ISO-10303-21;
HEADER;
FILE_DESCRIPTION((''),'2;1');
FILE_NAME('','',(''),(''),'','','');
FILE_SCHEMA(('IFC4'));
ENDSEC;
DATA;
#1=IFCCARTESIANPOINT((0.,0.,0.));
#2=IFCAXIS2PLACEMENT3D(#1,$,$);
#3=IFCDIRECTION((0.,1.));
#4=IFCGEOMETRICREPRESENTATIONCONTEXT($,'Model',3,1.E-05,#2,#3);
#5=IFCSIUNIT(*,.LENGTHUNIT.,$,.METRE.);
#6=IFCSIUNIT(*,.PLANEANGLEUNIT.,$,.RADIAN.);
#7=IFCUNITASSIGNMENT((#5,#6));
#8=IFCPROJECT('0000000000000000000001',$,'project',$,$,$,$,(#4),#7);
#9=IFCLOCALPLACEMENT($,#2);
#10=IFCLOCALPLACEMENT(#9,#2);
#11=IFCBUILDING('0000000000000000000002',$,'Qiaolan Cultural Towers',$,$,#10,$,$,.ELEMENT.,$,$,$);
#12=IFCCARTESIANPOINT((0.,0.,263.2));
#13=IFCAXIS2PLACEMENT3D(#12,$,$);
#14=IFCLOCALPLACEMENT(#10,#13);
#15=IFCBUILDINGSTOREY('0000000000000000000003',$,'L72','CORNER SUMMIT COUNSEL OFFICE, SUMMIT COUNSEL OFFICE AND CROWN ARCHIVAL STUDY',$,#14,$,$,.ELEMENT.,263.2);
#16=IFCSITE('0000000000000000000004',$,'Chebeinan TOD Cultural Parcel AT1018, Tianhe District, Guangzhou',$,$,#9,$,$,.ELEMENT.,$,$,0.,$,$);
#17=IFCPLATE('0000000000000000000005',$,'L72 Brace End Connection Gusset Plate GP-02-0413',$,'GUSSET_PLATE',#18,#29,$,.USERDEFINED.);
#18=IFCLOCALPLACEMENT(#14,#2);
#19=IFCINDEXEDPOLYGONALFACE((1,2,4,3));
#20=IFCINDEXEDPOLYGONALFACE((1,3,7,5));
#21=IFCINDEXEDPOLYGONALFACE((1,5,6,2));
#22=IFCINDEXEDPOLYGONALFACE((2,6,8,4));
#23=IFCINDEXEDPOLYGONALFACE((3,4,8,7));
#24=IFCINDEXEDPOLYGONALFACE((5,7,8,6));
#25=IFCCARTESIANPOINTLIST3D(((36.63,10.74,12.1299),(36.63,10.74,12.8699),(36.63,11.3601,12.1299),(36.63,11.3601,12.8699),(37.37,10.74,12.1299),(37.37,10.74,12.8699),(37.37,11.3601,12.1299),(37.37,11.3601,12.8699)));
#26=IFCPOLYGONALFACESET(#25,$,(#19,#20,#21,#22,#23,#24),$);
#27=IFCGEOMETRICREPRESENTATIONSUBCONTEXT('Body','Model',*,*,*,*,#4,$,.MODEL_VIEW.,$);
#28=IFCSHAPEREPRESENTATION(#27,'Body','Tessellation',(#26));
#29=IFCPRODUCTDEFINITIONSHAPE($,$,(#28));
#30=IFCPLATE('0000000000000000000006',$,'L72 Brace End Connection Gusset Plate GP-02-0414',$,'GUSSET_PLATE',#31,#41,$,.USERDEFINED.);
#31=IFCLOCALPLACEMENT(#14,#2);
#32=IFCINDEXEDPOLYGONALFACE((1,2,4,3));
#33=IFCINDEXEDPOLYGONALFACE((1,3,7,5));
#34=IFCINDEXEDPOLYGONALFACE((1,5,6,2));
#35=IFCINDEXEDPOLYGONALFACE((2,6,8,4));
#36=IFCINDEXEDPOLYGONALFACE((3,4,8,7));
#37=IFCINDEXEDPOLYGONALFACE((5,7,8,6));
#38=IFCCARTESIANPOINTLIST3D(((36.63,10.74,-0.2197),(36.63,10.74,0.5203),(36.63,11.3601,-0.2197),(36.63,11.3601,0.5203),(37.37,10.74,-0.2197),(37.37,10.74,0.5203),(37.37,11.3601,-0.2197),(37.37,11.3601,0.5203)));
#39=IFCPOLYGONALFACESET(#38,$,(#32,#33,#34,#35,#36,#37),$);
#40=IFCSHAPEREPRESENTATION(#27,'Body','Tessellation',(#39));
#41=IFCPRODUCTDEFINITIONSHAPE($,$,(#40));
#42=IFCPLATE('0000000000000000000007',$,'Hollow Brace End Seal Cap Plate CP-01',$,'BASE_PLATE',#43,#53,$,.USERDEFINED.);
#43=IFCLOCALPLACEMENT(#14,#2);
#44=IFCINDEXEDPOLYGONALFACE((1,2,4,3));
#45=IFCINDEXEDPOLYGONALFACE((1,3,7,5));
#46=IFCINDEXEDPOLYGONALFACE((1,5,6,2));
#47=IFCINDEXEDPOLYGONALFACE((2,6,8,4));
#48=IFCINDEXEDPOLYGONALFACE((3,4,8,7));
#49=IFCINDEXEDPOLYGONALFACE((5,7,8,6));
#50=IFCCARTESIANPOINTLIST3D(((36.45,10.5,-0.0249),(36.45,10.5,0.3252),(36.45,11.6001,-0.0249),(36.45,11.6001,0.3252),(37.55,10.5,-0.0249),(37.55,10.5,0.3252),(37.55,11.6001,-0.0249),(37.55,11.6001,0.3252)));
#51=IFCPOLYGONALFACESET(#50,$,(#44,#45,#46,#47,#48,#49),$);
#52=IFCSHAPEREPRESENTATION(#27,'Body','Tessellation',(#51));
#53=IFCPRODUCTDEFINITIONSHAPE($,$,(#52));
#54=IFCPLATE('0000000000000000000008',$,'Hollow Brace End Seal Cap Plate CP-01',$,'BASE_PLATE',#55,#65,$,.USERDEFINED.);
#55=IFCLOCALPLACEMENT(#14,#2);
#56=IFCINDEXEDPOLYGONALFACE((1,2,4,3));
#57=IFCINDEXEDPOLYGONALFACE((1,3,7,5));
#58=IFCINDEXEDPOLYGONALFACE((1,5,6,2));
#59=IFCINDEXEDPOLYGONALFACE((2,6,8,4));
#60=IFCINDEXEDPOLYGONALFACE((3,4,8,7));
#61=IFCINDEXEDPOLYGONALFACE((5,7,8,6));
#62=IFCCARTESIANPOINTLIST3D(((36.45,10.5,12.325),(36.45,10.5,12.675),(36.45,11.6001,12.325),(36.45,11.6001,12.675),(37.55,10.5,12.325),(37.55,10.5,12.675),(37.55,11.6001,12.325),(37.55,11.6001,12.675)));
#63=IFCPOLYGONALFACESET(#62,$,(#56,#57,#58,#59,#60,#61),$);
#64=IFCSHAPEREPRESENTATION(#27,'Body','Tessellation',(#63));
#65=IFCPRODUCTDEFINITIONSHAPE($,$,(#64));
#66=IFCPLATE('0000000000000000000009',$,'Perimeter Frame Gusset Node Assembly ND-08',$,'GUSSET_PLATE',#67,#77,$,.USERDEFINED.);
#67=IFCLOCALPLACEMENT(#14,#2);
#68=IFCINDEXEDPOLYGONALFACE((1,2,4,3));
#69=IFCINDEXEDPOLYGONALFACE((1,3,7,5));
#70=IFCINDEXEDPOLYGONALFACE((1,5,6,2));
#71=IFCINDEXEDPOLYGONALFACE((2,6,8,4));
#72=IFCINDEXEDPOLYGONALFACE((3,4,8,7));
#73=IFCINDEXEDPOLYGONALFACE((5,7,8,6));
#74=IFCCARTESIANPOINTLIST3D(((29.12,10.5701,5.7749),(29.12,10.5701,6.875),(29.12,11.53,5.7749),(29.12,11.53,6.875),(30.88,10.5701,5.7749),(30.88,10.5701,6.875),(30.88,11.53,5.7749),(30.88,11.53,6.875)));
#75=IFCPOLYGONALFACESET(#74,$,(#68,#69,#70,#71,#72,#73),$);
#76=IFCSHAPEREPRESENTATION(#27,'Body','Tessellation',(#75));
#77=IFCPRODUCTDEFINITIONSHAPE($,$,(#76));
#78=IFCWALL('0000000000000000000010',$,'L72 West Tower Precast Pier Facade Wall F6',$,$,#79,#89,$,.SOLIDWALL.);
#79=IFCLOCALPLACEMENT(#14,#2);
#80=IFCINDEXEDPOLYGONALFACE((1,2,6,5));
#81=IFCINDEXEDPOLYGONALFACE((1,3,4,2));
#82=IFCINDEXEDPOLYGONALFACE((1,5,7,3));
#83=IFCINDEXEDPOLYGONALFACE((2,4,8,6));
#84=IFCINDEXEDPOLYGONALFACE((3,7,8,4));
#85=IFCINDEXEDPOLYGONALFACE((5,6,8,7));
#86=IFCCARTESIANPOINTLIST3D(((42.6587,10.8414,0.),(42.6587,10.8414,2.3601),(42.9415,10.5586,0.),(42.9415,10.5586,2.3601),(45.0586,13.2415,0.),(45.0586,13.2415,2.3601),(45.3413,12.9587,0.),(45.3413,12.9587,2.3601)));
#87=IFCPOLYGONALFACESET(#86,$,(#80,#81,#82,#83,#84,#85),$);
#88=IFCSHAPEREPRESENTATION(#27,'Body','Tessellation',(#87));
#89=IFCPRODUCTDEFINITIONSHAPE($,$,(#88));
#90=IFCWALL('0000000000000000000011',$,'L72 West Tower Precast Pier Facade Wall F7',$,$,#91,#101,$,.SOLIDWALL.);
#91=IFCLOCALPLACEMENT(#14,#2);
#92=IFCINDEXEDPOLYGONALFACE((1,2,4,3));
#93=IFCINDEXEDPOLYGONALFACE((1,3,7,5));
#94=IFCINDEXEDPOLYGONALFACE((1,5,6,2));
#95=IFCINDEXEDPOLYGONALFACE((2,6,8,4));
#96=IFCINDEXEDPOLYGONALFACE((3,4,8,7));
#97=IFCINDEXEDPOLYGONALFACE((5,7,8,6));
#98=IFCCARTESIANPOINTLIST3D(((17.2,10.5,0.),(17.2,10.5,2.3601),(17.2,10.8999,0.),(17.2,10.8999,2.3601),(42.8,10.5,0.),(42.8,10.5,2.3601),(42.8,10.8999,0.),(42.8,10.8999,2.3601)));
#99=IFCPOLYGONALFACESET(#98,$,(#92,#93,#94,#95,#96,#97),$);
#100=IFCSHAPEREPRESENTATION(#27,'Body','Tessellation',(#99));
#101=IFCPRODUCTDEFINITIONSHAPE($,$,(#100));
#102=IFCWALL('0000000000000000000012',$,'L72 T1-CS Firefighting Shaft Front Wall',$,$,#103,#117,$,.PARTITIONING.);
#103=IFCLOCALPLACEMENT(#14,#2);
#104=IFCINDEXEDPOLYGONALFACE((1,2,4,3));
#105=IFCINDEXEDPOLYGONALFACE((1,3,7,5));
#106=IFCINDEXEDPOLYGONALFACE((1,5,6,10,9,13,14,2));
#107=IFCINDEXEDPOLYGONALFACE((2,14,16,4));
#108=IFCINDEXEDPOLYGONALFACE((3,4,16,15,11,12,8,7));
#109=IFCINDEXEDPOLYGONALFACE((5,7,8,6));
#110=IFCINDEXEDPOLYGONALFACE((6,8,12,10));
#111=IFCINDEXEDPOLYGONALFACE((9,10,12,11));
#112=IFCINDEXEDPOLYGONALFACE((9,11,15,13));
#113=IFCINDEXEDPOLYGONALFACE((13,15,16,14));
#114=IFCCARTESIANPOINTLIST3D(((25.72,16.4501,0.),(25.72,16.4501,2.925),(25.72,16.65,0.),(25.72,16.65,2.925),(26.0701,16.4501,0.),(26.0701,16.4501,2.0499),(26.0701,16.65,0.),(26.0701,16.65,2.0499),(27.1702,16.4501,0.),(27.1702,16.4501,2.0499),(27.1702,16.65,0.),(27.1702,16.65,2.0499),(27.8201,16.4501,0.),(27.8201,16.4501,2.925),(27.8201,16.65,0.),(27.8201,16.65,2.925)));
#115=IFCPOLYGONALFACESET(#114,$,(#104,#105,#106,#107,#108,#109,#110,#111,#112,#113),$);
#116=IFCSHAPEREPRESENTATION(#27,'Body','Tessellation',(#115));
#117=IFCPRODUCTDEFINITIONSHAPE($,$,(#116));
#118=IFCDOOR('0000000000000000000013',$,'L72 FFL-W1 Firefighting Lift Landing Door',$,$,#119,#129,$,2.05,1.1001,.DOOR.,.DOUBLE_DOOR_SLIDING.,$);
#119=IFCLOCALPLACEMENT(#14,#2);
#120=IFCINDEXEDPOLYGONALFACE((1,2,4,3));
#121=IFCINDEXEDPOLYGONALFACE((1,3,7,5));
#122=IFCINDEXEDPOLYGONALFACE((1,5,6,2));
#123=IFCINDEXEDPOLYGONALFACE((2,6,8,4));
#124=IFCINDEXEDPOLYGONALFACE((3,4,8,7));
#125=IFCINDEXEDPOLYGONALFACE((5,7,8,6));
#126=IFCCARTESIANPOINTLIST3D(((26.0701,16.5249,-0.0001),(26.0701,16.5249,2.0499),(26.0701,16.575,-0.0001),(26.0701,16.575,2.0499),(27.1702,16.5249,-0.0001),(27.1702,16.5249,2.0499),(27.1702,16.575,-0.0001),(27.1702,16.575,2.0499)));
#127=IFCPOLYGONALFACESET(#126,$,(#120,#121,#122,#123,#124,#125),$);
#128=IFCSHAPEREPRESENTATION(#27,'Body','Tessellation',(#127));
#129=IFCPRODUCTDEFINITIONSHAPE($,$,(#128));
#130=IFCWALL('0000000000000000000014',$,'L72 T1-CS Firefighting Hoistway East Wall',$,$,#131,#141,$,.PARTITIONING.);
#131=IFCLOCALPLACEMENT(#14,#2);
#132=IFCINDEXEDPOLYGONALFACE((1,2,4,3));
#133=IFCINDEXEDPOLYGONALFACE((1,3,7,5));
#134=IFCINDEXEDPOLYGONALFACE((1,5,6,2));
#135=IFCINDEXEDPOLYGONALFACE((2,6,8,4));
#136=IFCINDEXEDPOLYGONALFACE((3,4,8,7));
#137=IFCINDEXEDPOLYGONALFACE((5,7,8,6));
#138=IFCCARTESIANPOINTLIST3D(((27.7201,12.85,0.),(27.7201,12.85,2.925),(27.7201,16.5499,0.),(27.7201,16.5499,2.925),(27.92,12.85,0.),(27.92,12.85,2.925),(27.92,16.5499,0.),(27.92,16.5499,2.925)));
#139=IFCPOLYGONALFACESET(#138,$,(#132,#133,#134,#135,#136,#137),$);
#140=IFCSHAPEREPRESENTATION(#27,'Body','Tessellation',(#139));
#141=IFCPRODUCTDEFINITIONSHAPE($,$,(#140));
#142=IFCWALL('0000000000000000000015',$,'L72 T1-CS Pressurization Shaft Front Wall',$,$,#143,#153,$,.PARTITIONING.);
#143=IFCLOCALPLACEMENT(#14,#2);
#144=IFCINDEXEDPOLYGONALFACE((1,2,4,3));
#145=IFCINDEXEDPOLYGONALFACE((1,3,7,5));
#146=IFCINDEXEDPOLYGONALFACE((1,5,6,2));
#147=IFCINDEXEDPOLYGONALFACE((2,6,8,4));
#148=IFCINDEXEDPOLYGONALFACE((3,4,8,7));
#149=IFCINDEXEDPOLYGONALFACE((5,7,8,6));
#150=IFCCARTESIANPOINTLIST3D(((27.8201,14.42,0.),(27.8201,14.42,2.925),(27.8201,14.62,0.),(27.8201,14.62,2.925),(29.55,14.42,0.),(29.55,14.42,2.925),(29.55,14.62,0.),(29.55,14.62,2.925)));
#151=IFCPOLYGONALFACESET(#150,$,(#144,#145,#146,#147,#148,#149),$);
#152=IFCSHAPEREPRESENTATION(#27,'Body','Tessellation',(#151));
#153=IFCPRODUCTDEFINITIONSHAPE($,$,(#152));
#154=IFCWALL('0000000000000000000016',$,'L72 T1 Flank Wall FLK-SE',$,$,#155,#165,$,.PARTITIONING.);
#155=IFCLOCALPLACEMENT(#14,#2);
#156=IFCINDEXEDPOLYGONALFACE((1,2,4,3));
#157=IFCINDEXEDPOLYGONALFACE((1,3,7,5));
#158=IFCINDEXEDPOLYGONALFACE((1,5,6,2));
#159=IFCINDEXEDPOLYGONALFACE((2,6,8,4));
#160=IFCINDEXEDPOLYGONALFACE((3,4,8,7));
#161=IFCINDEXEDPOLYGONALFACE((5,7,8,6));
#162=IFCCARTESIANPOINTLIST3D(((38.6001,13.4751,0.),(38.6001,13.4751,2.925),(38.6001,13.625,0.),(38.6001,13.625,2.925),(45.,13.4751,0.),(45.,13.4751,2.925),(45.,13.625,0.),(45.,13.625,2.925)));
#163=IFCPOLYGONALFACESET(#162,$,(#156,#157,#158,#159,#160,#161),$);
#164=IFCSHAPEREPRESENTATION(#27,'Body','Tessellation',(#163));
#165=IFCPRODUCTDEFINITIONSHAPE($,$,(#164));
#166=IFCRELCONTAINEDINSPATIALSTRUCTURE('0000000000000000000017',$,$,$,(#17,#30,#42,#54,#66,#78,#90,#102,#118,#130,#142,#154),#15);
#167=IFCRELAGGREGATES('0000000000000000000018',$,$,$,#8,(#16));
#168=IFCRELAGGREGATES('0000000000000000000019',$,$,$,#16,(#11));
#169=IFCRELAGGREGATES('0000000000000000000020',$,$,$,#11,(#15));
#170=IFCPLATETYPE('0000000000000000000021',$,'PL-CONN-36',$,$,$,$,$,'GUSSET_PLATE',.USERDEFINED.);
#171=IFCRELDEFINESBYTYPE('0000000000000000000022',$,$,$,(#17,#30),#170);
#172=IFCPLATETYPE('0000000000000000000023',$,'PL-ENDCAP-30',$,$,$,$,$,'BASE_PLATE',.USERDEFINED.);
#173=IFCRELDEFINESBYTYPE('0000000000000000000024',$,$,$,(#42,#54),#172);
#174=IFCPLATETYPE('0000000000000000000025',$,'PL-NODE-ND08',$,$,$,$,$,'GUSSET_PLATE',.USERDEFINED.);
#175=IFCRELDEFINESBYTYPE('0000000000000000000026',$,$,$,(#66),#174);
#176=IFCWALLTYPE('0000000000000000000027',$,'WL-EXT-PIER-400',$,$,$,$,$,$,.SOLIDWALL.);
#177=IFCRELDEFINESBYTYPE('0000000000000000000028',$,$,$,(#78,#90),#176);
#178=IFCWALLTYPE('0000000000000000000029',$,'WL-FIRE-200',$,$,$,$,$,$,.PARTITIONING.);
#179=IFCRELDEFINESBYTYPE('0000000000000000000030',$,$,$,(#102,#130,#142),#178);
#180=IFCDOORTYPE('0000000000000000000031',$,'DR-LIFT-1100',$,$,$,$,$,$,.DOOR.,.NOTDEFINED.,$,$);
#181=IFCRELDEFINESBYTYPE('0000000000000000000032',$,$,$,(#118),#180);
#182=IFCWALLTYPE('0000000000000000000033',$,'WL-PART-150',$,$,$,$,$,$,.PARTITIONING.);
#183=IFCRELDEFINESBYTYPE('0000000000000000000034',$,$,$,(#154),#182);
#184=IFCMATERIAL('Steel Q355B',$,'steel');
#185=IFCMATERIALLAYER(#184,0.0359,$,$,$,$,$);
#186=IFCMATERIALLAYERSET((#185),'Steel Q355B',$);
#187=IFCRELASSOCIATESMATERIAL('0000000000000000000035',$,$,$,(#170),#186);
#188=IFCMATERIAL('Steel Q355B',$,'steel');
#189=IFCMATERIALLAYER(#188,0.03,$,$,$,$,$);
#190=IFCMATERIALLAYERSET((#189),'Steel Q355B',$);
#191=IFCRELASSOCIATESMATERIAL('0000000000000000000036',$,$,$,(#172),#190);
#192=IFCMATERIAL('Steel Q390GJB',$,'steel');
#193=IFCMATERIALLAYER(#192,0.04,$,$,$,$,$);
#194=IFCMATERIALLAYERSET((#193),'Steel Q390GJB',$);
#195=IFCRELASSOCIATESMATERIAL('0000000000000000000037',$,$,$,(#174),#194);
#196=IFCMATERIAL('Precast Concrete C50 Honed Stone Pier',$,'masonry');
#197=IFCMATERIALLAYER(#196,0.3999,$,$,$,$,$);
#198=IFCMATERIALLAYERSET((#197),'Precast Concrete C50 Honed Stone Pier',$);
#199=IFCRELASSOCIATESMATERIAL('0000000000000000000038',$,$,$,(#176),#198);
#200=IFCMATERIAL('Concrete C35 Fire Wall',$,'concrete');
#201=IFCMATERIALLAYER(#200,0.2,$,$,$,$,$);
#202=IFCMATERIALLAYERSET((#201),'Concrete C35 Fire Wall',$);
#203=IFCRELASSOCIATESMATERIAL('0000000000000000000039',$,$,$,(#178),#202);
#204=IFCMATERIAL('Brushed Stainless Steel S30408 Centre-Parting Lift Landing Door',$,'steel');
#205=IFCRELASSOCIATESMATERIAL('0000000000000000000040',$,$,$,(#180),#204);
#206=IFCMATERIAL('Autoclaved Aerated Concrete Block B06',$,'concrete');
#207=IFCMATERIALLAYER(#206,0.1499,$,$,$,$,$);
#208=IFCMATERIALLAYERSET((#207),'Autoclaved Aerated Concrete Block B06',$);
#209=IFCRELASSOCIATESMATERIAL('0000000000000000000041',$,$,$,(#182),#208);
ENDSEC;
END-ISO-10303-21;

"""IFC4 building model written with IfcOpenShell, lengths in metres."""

from ifc_helpers import new_model, si_unit, direction, frame, frame_2d, origin, origin_2d, place, context, subcontext, project, spatial, rectangle, extrude, material, layer, layer_set, type_object, element, fill, save


model = new_model("IFC4")

# Units and contexts
model_context = context("Model", 3, precision=1e-05, world=origin(), true_north=direction((0.0, 1.0)))
body_context = subcontext(model_context, "Body", "Model", "MODEL_VIEW")
ifc_project = project(units=[si_unit("LENGTHUNIT", "METRE"), si_unit("PLANEANGLEUNIT", "RADIAN")], contexts=[model_context])

# Site, building, storey
site_placement = place(None, origin())
site = spatial("IfcSite", under=ifc_project, at=site_placement, Name="Chebeinan TOD Cultural Parcel AT1018, Tianhe District, Guangzhou", CompositionType="ELEMENT", RefElevation=0.0)
building_placement = place(site_placement, origin())
building = spatial("IfcBuilding", under=site, at=building_placement, Name="Qiaolan Cultural Towers", CompositionType="ELEMENT")
storey_placement = place(building_placement, frame((0.0, 0.0, 263.2)))
storey = spatial("IfcBuildingStorey", under=building, at=storey_placement, Name="L72", Description="CORNER SUMMIT COUNSEL OFFICE, SUMMIT COUNSEL OFFICE AND CROWN ARCHIVAL STUDY", CompositionType="ELEMENT", Elevation=263.2)

# Plates
ifc_material_1 = material(Name="Steel Q355B", Category="steel")
ifc_layer_1 = layer(ifc_material_1, 0.0359)
ifc_layer_set_1 = layer_set([ifc_layer_1], Name="Steel Q355B")
plate_type_1 = type_object("IfcPlateType", Name="PL-CONN-36", ElementType="GUSSET_PLATE", PredefinedType="USERDEFINED", material=ifc_layer_set_1)
for number, where, z_axis, x_axis, name in (
    (1, (37.0, 11.05, 12.1299), (0.0, 0.0, 1.0), (1.0, 0.0, 0.0), "L72 Brace End Connection Gusset Plate GP-02-0413"),
    (2, (37.0, 11.05, -0.2197), (0.0, 0.0, 1.0), (1.0, 0.0, 0.0), "L72 Brace End Connection Gusset Plate GP-02-0414"),
):
    element("IfcPlate", number, at=place(storey_placement, frame(where, z_axis=z_axis, x_axis=x_axis)), inside=storey, type_object=plate_type_1, Name=name, ObjectType="GUSSET_PLATE", PredefinedType="USERDEFINED", context=body_context, shape_type="SweptSolid", body=[
        extrude(rectangle(XDim=0.74, YDim=0.6201, at=origin_2d()), origin(), (0.0, 0.0, 1.0), 0.74),
    ])
ifc_material_2 = material(Name="Steel Q355B", Category="steel")
ifc_layer_2 = layer(ifc_material_2, 0.03)
ifc_layer_set_2 = layer_set([ifc_layer_2], Name="Steel Q355B")
plate_type_2 = type_object("IfcPlateType", Name="PL-ENDCAP-30", ElementType="BASE_PLATE", PredefinedType="USERDEFINED", material=ifc_layer_set_2)
for number, where, z_axis, x_axis, name in (
    (3, (37.0, 11.05, -0.0249), (0.0, 0.0, 1.0), (1.0, 0.0, 0.0), "Hollow Brace End Seal Cap Plate CP-01"),
    (4, (37.0, 11.05, 12.325), (0.0, 0.0, 1.0), (1.0, 0.0, 0.0), "Hollow Brace End Seal Cap Plate CP-01"),
):
    element("IfcPlate", number, at=place(storey_placement, frame(where, z_axis=z_axis, x_axis=x_axis)), inside=storey, type_object=plate_type_2, Name=name, ObjectType="BASE_PLATE", PredefinedType="USERDEFINED", context=body_context, shape_type="SweptSolid", body=[
        extrude(rectangle(XDim=1.1001, YDim=1.1001, at=origin_2d()), origin(), (0.0, 0.0, 1.0), 0.3501),
    ])
ifc_material_3 = material(Name="Steel Q390GJB", Category="steel")
ifc_layer_3 = layer(ifc_material_3, 0.04)
ifc_layer_set_3 = layer_set([ifc_layer_3], Name="Steel Q390GJB")
plate_type_3 = type_object("IfcPlateType", Name="PL-NODE-ND08", ElementType="GUSSET_PLATE", PredefinedType="USERDEFINED", material=ifc_layer_set_3)
plate_placement = place(storey_placement, frame((30.0, 11.05, 5.7749), z_axis=(0.0, 0.0, 1.0), x_axis=(1.0, 0.0, 0.0)))
element("IfcPlate", 5, at=plate_placement, inside=storey, type_object=plate_type_3, Name="Perimeter Frame Gusset Node Assembly ND-08", ObjectType="GUSSET_PLATE", PredefinedType="USERDEFINED", context=body_context, shape_type="SweptSolid", body=[
    extrude(rectangle(XDim=1.76, YDim=0.96, at=origin_2d()), origin(), (0.0, 0.0, 1.0), 1.1001),
])

# Walls
ifc_material_4 = material(Name="Precast Concrete C50 Honed Stone Pier", Category="masonry")
ifc_layer_4 = layer(ifc_material_4, 0.3999)
ifc_layer_set_4 = layer_set([ifc_layer_4], Name="Precast Concrete C50 Honed Stone Pier")
wall_type_1 = type_object("IfcWallType", Name="WL-EXT-PIER-400", PredefinedType="SOLIDWALL", material=ifc_layer_set_4)
wall_1_placement = place(storey_placement, frame((45.2, 13.1001, 0.0), z_axis=(0.0, 0.0, 1.0), x_axis=(-0.707071, -0.707143, 0.0)))
element("IfcWall", 6, at=wall_1_placement, inside=storey, type_object=wall_type_1, Name="L72 West Tower Precast Pier Facade Wall F6", PredefinedType="SOLIDWALL", context=body_context, shape_type="SweptSolid", body=[
    extrude(rectangle(XDim=3.394, YDim=0.3999, at=frame_2d((1.697, 0.0))), origin(), (0.0, 0.0, 1.0), 2.3601),
])
wall_2_placement = place(storey_placement, frame((42.8, 10.7, 0.0), z_axis=(0.0, 0.0, 1.0), x_axis=(-1.0, 0.0, 0.0)))
element("IfcWall", 7, at=wall_2_placement, inside=storey, type_object=wall_type_1, Name="L72 West Tower Precast Pier Facade Wall F7", PredefinedType="SOLIDWALL", context=body_context, shape_type="SweptSolid", body=[
    extrude(rectangle(XDim=25.6001, YDim=0.3999, at=frame_2d((12.8, 0.0))), origin(), (0.0, 0.0, 1.0), 2.3601),
])

# Wall, opening, door
ifc_material_5 = material(Name="Concrete C35 Fire Wall", Category="concrete")
ifc_layer_5 = layer(ifc_material_5, 0.2)
ifc_layer_set_5 = layer_set([ifc_layer_5], Name="Concrete C35 Fire Wall")
wall_type_2 = type_object("IfcWallType", Name="WL-FIRE-200", PredefinedType="PARTITIONING", material=ifc_layer_set_5)
wall_3_placement = place(storey_placement, frame((25.72, 16.55, 0.0), z_axis=(0.0, 0.0, 1.0), x_axis=(1.0, 0.0, 0.0)))
wall_3 = element("IfcWall", 8, at=wall_3_placement, inside=storey, type_object=wall_type_2, Name="L72 T1-CS Firefighting Shaft Front Wall", PredefinedType="PARTITIONING", context=body_context, shape_type="SweptSolid", body=[
    extrude(rectangle(XDim=2.1001, YDim=0.2, at=frame_2d((1.05, 0.0))), origin(), (0.0, 0.0, 1.0), 2.925),
])
opening_placement = place(wall_3_placement, frame((0.3501, 0.0, 0.0)))
opening = element("IfcOpeningElement", 9, at=opening_placement, cuts=wall_3, PredefinedType="OPENING", context=body_context, shape_type="SweptSolid", body=[
    extrude(rectangle(XDim=1.1001, YDim=2.05, at=frame_2d((0.55, 1.0249))), frame((0.0, 0.1099, 0.0), z_axis=(0.0, -1.0, 0.0), x_axis=(1.0, 0.0, 0.0)), (0.0, 0.0, 1.0), 0.22),
])
ifc_material_6 = material(Name="Brushed Stainless Steel S30408 Centre-Parting Lift Landing Door", Category="steel")
door_type = type_object("IfcDoorType", Name="DR-LIFT-1100", OperationType="NOTDEFINED", PredefinedType="DOOR", material=ifc_material_6)
door_placement = place(opening_placement, origin())
door = element("IfcDoor", 10, at=door_placement, inside=storey, type_object=door_type, Name="L72 FFL-W1 Firefighting Lift Landing Door", OperationType="DOUBLE_DOOR_SLIDING", OverallHeight=2.05, OverallWidth=1.1001, PredefinedType="DOOR", context=body_context, shape_type="SweptSolid", body=[
    extrude(rectangle(XDim=1.1001, YDim=2.05, at=frame_2d((0.55, 1.0249))), frame((0.0, 0.0249, 0.0), z_axis=(0.0, -1.0, 0.0), x_axis=(1.0, 0.0, 0.0)), (0.0, 0.0, 1.0), 0.05),
])
fill(opening, door)

# Walls
wall_4_placement = place(storey_placement, frame((27.8201, 16.55, 0.0), z_axis=(0.0, 0.0, 1.0), x_axis=(0.0, -1.0, 0.0)))
element("IfcWall", 11, at=wall_4_placement, inside=storey, type_object=wall_type_2, Name="L72 T1-CS Firefighting Hoistway East Wall", PredefinedType="PARTITIONING", context=body_context, shape_type="SweptSolid", body=[
    extrude(rectangle(XDim=3.7, YDim=0.2, at=frame_2d((1.8501, 0.0))), origin(), (0.0, 0.0, 1.0), 2.925),
])
wall_5_placement = place(storey_placement, frame((27.8201, 14.52, 0.0), z_axis=(0.0, 0.0, 1.0), x_axis=(1.0, 0.0, 0.0)))
element("IfcWall", 12, at=wall_5_placement, inside=storey, type_object=wall_type_2, Name="L72 T1-CS Pressurization Shaft Front Wall", PredefinedType="PARTITIONING", context=body_context, shape_type="SweptSolid", body=[
    extrude(rectangle(XDim=1.73, YDim=0.2, at=frame_2d((0.865, 0.0))), origin(), (0.0, 0.0, 1.0), 2.925),
])
ifc_material_7 = material(Name="Autoclaved Aerated Concrete Block B06", Category="concrete")
ifc_layer_6 = layer(ifc_material_7, 0.1499)
ifc_layer_set_6 = layer_set([ifc_layer_6], Name="Autoclaved Aerated Concrete Block B06")
wall_type_3 = type_object("IfcWallType", Name="WL-PART-150", PredefinedType="PARTITIONING", material=ifc_layer_set_6)
wall_6_placement = place(storey_placement, frame((38.6001, 13.55, 0.0), z_axis=(0.0, 0.0, 1.0), x_axis=(1.0, 0.0, 0.0)))
element("IfcWall", 13, at=wall_6_placement, inside=storey, type_object=wall_type_3, Name="L72 T1 Flank Wall FLK-SE", PredefinedType="PARTITIONING", context=body_context, shape_type="SweptSolid", body=[
    extrude(rectangle(XDim=6.3999, YDim=0.1499, at=frame_2d((3.2, 0.0))), origin(), (0.0, 0.0, 1.0), 2.925),
])

save(model, "model.ifc")
